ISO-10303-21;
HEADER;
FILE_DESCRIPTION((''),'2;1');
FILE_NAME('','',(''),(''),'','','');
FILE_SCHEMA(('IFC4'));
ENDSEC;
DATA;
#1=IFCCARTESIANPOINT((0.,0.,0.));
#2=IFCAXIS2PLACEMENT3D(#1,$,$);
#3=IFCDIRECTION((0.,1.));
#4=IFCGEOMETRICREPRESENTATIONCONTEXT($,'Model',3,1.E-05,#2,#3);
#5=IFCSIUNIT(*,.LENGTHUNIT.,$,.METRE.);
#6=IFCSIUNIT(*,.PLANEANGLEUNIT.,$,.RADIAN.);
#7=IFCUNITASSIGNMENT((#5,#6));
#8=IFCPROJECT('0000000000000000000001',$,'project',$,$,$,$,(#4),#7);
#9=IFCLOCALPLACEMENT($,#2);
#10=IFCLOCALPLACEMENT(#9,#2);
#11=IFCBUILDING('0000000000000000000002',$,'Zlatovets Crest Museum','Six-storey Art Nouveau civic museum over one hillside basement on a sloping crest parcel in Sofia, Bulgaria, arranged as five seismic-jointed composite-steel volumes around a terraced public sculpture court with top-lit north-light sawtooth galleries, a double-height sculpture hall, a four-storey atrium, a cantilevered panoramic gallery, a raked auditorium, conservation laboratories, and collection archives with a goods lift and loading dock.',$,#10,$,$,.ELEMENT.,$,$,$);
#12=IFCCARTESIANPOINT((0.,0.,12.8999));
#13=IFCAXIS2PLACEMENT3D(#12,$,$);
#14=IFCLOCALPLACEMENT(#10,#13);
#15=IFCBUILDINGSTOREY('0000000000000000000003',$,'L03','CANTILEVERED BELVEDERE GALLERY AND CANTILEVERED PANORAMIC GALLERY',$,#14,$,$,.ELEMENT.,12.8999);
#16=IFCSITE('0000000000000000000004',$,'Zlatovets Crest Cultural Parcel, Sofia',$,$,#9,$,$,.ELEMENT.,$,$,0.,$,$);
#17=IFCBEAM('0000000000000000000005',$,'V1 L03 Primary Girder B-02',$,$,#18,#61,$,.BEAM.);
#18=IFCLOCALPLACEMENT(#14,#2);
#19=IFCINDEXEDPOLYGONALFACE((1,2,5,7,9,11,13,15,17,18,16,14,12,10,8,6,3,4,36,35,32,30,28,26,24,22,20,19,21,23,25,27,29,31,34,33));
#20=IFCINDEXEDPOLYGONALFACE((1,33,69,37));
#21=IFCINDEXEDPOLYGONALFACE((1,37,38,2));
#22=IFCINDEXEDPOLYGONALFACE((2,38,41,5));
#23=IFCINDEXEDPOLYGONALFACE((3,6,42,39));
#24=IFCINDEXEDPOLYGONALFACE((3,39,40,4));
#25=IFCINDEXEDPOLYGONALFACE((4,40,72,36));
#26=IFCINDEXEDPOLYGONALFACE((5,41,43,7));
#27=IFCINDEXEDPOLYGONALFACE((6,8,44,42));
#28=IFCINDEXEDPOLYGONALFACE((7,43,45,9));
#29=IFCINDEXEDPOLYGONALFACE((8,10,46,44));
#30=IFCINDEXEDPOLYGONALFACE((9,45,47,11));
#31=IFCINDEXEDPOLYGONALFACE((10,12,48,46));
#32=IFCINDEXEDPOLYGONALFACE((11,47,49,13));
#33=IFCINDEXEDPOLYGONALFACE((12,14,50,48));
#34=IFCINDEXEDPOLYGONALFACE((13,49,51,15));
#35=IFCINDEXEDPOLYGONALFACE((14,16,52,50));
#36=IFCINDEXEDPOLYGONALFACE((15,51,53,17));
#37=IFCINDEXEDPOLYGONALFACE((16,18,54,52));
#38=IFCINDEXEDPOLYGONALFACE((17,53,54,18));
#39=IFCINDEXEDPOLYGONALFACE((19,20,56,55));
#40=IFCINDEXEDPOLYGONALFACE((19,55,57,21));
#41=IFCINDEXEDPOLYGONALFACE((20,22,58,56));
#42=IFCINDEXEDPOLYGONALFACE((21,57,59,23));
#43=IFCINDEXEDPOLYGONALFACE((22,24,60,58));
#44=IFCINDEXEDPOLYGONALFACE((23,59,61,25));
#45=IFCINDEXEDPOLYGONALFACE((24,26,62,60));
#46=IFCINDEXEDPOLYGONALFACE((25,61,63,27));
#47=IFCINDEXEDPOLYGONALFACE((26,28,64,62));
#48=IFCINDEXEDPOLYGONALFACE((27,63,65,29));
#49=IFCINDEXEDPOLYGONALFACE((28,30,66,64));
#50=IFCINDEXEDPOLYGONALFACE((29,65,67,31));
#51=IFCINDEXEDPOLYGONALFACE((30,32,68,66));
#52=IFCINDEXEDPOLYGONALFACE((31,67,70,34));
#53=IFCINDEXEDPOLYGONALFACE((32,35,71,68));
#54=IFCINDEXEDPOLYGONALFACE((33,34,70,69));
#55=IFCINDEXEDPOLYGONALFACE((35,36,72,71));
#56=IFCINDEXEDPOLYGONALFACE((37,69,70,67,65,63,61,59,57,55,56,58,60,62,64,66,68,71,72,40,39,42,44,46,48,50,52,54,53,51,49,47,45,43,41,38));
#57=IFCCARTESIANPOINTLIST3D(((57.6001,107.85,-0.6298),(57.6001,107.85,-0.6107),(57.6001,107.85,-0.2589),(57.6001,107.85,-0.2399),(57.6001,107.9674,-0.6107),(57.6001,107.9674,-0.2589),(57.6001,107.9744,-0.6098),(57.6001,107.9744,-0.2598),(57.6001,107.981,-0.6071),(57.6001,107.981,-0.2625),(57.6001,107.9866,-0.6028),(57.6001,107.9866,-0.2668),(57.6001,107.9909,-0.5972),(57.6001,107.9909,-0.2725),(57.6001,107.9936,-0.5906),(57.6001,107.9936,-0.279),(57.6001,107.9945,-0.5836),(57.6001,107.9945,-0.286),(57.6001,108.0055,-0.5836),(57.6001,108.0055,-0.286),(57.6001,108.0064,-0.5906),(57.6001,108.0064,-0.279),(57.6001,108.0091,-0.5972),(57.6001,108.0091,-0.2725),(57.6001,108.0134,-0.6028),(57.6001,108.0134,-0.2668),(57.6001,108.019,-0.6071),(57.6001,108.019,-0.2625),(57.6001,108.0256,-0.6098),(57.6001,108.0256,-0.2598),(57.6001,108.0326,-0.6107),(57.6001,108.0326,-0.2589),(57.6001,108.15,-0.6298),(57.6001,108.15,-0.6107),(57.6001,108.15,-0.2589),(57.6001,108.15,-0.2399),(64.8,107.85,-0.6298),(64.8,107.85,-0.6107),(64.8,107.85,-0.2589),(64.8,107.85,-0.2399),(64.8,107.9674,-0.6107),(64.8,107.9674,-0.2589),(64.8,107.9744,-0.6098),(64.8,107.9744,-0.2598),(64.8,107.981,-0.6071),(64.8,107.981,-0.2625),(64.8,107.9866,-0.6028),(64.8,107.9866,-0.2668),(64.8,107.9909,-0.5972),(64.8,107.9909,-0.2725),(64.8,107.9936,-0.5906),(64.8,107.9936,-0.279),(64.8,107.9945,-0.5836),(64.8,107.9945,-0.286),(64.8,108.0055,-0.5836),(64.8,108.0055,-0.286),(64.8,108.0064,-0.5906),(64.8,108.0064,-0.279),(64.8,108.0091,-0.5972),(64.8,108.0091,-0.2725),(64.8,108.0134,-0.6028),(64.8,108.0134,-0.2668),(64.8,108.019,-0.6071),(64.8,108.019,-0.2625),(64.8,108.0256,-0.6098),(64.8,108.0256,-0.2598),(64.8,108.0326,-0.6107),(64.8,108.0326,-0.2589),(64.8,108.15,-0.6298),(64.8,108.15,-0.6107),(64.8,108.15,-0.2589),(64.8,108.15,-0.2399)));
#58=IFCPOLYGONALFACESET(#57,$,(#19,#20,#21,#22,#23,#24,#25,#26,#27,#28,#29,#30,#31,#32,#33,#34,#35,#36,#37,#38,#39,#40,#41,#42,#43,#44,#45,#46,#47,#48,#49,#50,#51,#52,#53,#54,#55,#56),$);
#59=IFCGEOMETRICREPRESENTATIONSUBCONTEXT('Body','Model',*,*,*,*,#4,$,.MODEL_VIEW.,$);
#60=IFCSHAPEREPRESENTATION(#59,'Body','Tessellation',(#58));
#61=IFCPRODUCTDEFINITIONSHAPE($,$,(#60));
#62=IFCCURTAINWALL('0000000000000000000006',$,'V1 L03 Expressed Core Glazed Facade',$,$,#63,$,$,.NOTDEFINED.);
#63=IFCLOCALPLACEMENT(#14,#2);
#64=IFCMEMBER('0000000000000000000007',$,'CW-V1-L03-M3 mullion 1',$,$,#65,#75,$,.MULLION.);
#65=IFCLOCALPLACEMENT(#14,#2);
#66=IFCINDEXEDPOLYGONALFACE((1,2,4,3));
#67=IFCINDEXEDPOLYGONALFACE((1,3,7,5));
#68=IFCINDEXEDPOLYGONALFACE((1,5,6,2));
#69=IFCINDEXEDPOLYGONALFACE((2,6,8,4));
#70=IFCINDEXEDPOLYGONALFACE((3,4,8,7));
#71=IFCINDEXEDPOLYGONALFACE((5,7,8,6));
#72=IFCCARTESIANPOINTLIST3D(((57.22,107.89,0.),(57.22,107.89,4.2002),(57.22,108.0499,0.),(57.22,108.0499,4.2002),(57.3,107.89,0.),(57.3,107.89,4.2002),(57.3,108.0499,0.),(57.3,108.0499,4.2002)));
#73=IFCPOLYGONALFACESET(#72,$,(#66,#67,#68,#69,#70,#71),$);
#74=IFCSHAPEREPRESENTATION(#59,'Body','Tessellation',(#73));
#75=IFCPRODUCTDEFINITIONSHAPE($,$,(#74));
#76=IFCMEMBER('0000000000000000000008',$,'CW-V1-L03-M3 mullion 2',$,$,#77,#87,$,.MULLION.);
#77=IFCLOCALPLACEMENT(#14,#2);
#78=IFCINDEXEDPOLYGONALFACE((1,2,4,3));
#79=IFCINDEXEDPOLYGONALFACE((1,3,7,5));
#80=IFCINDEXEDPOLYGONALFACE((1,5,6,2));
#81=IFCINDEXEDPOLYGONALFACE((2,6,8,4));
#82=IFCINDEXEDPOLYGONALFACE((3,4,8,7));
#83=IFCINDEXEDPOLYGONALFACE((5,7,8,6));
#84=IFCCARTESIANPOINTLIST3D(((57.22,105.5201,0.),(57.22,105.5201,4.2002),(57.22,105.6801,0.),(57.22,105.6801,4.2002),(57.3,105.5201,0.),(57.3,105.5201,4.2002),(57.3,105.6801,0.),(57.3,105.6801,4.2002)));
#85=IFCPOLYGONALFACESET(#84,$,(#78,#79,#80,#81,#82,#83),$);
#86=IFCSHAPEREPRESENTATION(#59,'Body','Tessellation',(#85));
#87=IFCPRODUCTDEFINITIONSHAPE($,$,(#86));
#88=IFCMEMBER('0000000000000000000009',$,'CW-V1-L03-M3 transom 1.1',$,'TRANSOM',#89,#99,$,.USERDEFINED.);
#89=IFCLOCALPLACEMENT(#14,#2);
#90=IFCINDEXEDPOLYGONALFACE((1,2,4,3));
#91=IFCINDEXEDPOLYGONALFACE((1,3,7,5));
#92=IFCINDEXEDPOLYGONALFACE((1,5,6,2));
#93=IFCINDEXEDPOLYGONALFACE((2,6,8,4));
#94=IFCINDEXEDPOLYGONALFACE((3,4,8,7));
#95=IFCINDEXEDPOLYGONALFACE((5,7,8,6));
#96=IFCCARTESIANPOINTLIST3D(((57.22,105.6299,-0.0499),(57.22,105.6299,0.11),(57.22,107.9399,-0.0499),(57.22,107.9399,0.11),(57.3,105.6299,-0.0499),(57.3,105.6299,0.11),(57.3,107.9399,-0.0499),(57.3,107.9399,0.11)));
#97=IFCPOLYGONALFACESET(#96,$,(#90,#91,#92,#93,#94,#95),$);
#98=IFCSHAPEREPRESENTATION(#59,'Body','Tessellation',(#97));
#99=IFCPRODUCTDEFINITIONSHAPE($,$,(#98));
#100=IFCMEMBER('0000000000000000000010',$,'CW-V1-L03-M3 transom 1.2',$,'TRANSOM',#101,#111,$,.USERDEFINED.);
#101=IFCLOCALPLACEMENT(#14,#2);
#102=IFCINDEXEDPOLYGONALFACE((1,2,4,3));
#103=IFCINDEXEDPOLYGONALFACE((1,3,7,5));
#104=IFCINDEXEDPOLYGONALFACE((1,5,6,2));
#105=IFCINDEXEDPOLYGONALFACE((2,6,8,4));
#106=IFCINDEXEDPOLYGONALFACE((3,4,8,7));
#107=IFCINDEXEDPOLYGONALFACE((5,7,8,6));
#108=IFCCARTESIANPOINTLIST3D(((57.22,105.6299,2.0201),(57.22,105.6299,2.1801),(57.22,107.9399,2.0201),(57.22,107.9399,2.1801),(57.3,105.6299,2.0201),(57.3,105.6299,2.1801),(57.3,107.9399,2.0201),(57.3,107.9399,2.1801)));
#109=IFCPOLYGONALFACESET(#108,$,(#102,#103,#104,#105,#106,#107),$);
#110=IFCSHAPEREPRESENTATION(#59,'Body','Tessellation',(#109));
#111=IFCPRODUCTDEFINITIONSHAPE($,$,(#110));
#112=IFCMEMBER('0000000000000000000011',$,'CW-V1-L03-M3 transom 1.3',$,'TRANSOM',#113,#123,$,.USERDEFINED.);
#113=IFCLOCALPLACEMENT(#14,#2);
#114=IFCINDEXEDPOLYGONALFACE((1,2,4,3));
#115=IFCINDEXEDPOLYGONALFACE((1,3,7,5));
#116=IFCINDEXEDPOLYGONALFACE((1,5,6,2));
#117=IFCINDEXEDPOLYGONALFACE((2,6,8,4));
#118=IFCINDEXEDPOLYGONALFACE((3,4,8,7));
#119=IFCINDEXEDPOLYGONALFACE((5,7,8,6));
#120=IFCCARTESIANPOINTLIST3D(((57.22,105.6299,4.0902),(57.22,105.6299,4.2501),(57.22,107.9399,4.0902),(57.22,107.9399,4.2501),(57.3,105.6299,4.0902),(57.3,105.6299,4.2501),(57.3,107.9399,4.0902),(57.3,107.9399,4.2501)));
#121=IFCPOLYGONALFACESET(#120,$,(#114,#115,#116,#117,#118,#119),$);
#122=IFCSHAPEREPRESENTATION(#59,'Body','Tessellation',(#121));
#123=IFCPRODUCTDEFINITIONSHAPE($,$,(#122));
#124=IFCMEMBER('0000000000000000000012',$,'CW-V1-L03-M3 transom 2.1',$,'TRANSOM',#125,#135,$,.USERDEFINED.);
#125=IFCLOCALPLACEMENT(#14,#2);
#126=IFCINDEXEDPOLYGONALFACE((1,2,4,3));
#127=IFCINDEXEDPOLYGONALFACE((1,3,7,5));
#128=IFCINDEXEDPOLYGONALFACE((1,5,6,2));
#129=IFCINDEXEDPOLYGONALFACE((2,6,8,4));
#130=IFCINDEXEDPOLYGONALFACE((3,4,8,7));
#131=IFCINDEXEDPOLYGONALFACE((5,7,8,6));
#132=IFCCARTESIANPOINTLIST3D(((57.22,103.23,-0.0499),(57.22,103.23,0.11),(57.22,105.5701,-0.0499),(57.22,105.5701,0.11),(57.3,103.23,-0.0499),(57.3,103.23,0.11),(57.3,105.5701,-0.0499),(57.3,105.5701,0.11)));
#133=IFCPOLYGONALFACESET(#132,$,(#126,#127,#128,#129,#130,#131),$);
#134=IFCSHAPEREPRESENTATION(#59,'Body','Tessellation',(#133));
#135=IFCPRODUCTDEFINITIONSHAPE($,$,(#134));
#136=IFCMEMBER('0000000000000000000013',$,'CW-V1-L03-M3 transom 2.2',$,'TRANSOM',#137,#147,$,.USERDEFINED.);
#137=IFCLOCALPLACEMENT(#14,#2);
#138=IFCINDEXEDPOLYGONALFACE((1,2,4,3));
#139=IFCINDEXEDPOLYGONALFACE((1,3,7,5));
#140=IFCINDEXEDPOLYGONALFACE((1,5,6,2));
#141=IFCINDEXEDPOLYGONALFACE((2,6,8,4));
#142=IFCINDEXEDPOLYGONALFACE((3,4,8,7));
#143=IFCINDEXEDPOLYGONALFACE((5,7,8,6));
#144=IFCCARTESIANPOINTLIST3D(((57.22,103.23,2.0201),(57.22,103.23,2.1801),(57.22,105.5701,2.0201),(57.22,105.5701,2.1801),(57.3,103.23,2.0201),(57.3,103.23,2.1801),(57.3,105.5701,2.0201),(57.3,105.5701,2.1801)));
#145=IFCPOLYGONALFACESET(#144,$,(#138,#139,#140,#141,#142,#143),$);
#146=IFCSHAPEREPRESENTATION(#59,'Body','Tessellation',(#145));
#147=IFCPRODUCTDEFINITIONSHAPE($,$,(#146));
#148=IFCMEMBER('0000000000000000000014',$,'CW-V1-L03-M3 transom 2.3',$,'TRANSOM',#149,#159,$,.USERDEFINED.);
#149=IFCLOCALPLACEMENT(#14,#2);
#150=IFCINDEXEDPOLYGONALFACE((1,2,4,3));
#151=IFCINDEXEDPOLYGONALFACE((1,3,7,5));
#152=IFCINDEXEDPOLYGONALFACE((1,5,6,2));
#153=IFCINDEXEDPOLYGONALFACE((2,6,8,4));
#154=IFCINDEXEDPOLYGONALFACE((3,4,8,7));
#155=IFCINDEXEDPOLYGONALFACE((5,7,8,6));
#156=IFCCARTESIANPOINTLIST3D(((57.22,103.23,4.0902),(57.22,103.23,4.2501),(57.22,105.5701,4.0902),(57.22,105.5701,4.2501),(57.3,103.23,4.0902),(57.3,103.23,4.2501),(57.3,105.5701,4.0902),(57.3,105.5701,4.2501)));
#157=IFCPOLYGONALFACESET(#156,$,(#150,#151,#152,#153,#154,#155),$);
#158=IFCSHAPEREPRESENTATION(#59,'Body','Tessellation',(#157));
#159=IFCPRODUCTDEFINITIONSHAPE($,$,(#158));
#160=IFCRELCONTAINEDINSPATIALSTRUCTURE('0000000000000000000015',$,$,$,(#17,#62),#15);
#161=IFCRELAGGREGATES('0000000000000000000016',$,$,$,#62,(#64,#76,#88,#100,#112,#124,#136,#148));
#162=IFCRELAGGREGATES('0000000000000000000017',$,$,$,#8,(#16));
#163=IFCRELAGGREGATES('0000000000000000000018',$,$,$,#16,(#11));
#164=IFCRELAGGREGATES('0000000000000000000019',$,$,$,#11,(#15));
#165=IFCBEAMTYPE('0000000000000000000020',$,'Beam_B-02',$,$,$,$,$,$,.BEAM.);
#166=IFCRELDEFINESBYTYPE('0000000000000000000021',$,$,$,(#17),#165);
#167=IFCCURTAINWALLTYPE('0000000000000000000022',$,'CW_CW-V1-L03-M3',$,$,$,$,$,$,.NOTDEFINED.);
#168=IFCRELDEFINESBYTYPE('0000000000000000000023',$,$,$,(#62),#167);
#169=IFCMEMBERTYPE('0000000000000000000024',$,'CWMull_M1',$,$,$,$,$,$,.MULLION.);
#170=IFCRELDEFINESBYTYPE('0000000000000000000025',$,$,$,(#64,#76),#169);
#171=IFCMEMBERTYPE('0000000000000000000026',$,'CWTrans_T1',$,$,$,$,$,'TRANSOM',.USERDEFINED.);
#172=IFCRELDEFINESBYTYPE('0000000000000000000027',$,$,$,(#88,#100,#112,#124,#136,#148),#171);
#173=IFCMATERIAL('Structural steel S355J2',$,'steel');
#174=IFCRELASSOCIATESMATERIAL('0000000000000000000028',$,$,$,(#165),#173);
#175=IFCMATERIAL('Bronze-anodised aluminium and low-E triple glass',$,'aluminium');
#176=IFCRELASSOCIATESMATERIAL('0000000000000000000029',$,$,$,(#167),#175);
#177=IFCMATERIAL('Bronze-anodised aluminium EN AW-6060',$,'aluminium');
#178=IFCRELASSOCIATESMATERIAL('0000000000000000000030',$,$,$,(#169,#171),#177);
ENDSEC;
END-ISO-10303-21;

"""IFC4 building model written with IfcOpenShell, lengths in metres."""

from ifc_helpers import new_model, si_unit, direction, frame, origin, origin_2d, place, context, subcontext, project, spatial, rectangle, i_section, extrude, material, material_profile, profile_set, type_object, element, aggregate, save


model = new_model("IFC4")

# Units and contexts
model_context = context("Model", 3, precision=1e-05, world=origin(), true_north=direction((0.0, 1.0)))
body_context = subcontext(model_context, "Body", "Model", "MODEL_VIEW")
ifc_project = project(units=[si_unit("LENGTHUNIT", "METRE"), si_unit("PLANEANGLEUNIT", "RADIAN")], contexts=[model_context])

# Site, building, storey
site_placement = place(None, origin())
site = spatial("IfcSite", under=ifc_project, at=site_placement, Name="Zlatovets Crest Cultural Parcel, Sofia", CompositionType="ELEMENT", RefElevation=0.0)
building_placement = place(site_placement, origin())
building = spatial("IfcBuilding", under=site, at=building_placement, Name="Zlatovets Crest Museum", Description="Six-storey Art Nouveau civic museum over one hillside basement on a sloping crest parcel in Sofia, Bulgaria, arranged as five seismic-jointed composite-steel volumes around a terraced public sculpture court with top-lit north-light sawtooth galleries, a double-height sculpture hall, a four-storey atrium, a cantilevered panoramic gallery, a raked auditorium, conservation laboratories, and collection archives with a goods lift and loading dock.", CompositionType="ELEMENT")
storey_placement = place(building_placement, frame((0.0, 0.0, 12.8999)))
storey = spatial("IfcBuildingStorey", under=building, at=storey_placement, Name="L03", Description="CANTILEVERED BELVEDERE GALLERY AND CANTILEVERED PANORAMIC GALLERY", CompositionType="ELEMENT", Elevation=12.8999)

# Beam
ifc_material_1 = material(Name="Structural steel S355J2", Category="steel")
ifc_material_profile_1 = material_profile(ifc_material_1, i_section(OverallWidth=0.3, OverallDepth=0.3899, WebThickness=0.011, FlangeThickness=0.019, FilletRadius=0.0271, at=origin_2d()), Name="HEA 400")
ifc_profile_set_1 = profile_set([ifc_material_profile_1], Name="Structural steel S355J2")
beam_type = type_object("IfcBeamType", Name="Beam_B-02", PredefinedType="BEAM", material=ifc_profile_set_1)
beam_placement = place(storey_placement, frame((57.6001, 108.0, -0.4348), z_axis=(1.0, 0.0, 0.0), x_axis=(0.0, 1.0, 0.0)))
element("IfcBeam", 1, at=beam_placement, inside=storey, type_object=beam_type, Name="V1 L03 Primary Girder B-02", PredefinedType="BEAM", context=body_context, shape_type="SweptSolid", body=[
    extrude(i_section(OverallWidth=0.3, OverallDepth=0.3899, WebThickness=0.011, FlangeThickness=0.019, FilletRadius=0.0271, at=origin_2d()), origin(), (0.0, 0.0, 1.0), 7.2),
])

# Curtain wall, members
ifc_material_2 = material(Name="Bronze-anodised aluminium and low-E triple glass", Category="aluminium")
curtain_wall_type = type_object("IfcCurtainWallType", Name="CW_CW-V1-L03-M3", PredefinedType="NOTDEFINED", material=ifc_material_2)
curtain_wall_placement = place(storey_placement, origin())
curtain_wall = element("IfcCurtainWall", 2, at=curtain_wall_placement, inside=storey, type_object=curtain_wall_type, Name="V1 L03 Expressed Core Glazed Facade", PredefinedType="NOTDEFINED")
ifc_material_3 = material(Name="Bronze-anodised aluminium EN AW-6060", Category="aluminium")
ifc_material_profile_2 = material_profile(ifc_material_3, rectangle(XDim=0.0801, YDim=0.1599, at=origin_2d()), Name="ALU 80x160")
ifc_profile_set_2 = profile_set([ifc_material_profile_2], Name="Bronze-anodised aluminium EN AW-6060")
member_type_1 = type_object("IfcMemberType", Name="CWMull_M1", PredefinedType="MULLION", material=ifc_profile_set_2)
member_1_placement = place(storey_placement, frame((57.26, 107.97, 0.0), z_axis=(0.0, 0.0, 1.0), x_axis=(1.0, 0.0, 0.0)))
member_1 = element("IfcMember", 3, at=member_1_placement, type_object=member_type_1, Name="CW-V1-L03-M3 mullion 1", PredefinedType="MULLION", context=body_context, shape_type="SweptSolid", body=[
    extrude(rectangle(XDim=0.0801, YDim=0.1599, at=origin_2d()), origin(), (0.0, 0.0, 1.0), 4.2002),
])
member_2_placement = place(storey_placement, frame((57.26, 105.6001, 0.0), z_axis=(0.0, 0.0, 1.0), x_axis=(1.0, 0.0, 0.0)))
member_2 = element("IfcMember", 4, at=member_2_placement, type_object=member_type_1, Name="CW-V1-L03-M3 mullion 2", PredefinedType="MULLION", context=body_context, shape_type="SweptSolid", body=[
    extrude(rectangle(XDim=0.0801, YDim=0.1599, at=origin_2d()), origin(), (0.0, 0.0, 1.0), 4.2002),
])
ifc_material_profile_3 = material_profile(ifc_material_3, rectangle(XDim=0.0801, YDim=0.1599, at=origin_2d()), Name="ALU 80x160")
ifc_profile_set_3 = profile_set([ifc_material_profile_3], Name="Bronze-anodised aluminium EN AW-6060")
member_type_2 = type_object("IfcMemberType", Name="CWTrans_T1", ElementType="TRANSOM", PredefinedType="USERDEFINED", material=ifc_profile_set_3)
member_3_placement = place(storey_placement, frame((57.26, 107.9399, 0.03), z_axis=(0.0, -1.0, 0.0), x_axis=(1.0, 0.0, 0.0)))
member_3 = element("IfcMember", 5, at=member_3_placement, type_object=member_type_2, Name="CW-V1-L03-M3 transom 1.1", ObjectType="TRANSOM", PredefinedType="USERDEFINED", context=body_context, shape_type="SweptSolid", body=[
    extrude(rectangle(XDim=0.0801, YDim=0.1599, at=origin_2d()), origin(), (0.0, 0.0, 1.0), 2.3101),
])
member_4_placement = place(storey_placement, frame((57.26, 107.9399, 2.1001), z_axis=(0.0, -1.0, 0.0), x_axis=(1.0, 0.0, 0.0)))
member_4 = element("IfcMember", 6, at=member_4_placement, type_object=member_type_2, Name="CW-V1-L03-M3 transom 1.2", ObjectType="TRANSOM", PredefinedType="USERDEFINED", context=body_context, shape_type="SweptSolid", body=[
    extrude(rectangle(XDim=0.0801, YDim=0.1599, at=origin_2d()), origin(), (0.0, 0.0, 1.0), 2.3101),
])
member_5_placement = place(storey_placement, frame((57.26, 107.9399, 4.1702), z_axis=(0.0, -1.0, 0.0), x_axis=(1.0, 0.0, 0.0)))
member_5 = element("IfcMember", 7, at=member_5_placement, type_object=member_type_2, Name="CW-V1-L03-M3 transom 1.3", ObjectType="TRANSOM", PredefinedType="USERDEFINED", context=body_context, shape_type="SweptSolid", body=[
    extrude(rectangle(XDim=0.0801, YDim=0.1599, at=origin_2d()), origin(), (0.0, 0.0, 1.0), 2.3101),
])
member_6_placement = place(storey_placement, frame((57.26, 105.5701, 0.03), z_axis=(0.0, -1.0, 0.0), x_axis=(1.0, 0.0, 0.0)))
member_6 = element("IfcMember", 8, at=member_6_placement, type_object=member_type_2, Name="CW-V1-L03-M3 transom 2.1", ObjectType="TRANSOM", PredefinedType="USERDEFINED", context=body_context, shape_type="SweptSolid", body=[
    extrude(rectangle(XDim=0.0801, YDim=0.1599, at=origin_2d()), origin(), (0.0, 0.0, 1.0), 2.3401),
])
member_7_placement = place(storey_placement, frame((57.26, 105.5701, 2.1001), z_axis=(0.0, -1.0, 0.0), x_axis=(1.0, 0.0, 0.0)))
member_7 = element("IfcMember", 9, at=member_7_placement, type_object=member_type_2, Name="CW-V1-L03-M3 transom 2.2", ObjectType="TRANSOM", PredefinedType="USERDEFINED", context=body_context, shape_type="SweptSolid", body=[
    extrude(rectangle(XDim=0.0801, YDim=0.1599, at=origin_2d()), origin(), (0.0, 0.0, 1.0), 2.3401),
])
member_8_placement = place(storey_placement, frame((57.26, 105.5701, 4.1702), z_axis=(0.0, -1.0, 0.0), x_axis=(1.0, 0.0, 0.0)))
member_8 = element("IfcMember", 10, at=member_8_placement, type_object=member_type_2, Name="CW-V1-L03-M3 transom 2.3", ObjectType="TRANSOM", PredefinedType="USERDEFINED", context=body_context, shape_type="SweptSolid", body=[
    extrude(rectangle(XDim=0.0801, YDim=0.1599, at=origin_2d()), origin(), (0.0, 0.0, 1.0), 2.3401),
])

aggregate(curtain_wall, [member_1, member_2, member_3, member_4, member_5, member_6, member_7, member_8])

save(model, "model.ifc")
